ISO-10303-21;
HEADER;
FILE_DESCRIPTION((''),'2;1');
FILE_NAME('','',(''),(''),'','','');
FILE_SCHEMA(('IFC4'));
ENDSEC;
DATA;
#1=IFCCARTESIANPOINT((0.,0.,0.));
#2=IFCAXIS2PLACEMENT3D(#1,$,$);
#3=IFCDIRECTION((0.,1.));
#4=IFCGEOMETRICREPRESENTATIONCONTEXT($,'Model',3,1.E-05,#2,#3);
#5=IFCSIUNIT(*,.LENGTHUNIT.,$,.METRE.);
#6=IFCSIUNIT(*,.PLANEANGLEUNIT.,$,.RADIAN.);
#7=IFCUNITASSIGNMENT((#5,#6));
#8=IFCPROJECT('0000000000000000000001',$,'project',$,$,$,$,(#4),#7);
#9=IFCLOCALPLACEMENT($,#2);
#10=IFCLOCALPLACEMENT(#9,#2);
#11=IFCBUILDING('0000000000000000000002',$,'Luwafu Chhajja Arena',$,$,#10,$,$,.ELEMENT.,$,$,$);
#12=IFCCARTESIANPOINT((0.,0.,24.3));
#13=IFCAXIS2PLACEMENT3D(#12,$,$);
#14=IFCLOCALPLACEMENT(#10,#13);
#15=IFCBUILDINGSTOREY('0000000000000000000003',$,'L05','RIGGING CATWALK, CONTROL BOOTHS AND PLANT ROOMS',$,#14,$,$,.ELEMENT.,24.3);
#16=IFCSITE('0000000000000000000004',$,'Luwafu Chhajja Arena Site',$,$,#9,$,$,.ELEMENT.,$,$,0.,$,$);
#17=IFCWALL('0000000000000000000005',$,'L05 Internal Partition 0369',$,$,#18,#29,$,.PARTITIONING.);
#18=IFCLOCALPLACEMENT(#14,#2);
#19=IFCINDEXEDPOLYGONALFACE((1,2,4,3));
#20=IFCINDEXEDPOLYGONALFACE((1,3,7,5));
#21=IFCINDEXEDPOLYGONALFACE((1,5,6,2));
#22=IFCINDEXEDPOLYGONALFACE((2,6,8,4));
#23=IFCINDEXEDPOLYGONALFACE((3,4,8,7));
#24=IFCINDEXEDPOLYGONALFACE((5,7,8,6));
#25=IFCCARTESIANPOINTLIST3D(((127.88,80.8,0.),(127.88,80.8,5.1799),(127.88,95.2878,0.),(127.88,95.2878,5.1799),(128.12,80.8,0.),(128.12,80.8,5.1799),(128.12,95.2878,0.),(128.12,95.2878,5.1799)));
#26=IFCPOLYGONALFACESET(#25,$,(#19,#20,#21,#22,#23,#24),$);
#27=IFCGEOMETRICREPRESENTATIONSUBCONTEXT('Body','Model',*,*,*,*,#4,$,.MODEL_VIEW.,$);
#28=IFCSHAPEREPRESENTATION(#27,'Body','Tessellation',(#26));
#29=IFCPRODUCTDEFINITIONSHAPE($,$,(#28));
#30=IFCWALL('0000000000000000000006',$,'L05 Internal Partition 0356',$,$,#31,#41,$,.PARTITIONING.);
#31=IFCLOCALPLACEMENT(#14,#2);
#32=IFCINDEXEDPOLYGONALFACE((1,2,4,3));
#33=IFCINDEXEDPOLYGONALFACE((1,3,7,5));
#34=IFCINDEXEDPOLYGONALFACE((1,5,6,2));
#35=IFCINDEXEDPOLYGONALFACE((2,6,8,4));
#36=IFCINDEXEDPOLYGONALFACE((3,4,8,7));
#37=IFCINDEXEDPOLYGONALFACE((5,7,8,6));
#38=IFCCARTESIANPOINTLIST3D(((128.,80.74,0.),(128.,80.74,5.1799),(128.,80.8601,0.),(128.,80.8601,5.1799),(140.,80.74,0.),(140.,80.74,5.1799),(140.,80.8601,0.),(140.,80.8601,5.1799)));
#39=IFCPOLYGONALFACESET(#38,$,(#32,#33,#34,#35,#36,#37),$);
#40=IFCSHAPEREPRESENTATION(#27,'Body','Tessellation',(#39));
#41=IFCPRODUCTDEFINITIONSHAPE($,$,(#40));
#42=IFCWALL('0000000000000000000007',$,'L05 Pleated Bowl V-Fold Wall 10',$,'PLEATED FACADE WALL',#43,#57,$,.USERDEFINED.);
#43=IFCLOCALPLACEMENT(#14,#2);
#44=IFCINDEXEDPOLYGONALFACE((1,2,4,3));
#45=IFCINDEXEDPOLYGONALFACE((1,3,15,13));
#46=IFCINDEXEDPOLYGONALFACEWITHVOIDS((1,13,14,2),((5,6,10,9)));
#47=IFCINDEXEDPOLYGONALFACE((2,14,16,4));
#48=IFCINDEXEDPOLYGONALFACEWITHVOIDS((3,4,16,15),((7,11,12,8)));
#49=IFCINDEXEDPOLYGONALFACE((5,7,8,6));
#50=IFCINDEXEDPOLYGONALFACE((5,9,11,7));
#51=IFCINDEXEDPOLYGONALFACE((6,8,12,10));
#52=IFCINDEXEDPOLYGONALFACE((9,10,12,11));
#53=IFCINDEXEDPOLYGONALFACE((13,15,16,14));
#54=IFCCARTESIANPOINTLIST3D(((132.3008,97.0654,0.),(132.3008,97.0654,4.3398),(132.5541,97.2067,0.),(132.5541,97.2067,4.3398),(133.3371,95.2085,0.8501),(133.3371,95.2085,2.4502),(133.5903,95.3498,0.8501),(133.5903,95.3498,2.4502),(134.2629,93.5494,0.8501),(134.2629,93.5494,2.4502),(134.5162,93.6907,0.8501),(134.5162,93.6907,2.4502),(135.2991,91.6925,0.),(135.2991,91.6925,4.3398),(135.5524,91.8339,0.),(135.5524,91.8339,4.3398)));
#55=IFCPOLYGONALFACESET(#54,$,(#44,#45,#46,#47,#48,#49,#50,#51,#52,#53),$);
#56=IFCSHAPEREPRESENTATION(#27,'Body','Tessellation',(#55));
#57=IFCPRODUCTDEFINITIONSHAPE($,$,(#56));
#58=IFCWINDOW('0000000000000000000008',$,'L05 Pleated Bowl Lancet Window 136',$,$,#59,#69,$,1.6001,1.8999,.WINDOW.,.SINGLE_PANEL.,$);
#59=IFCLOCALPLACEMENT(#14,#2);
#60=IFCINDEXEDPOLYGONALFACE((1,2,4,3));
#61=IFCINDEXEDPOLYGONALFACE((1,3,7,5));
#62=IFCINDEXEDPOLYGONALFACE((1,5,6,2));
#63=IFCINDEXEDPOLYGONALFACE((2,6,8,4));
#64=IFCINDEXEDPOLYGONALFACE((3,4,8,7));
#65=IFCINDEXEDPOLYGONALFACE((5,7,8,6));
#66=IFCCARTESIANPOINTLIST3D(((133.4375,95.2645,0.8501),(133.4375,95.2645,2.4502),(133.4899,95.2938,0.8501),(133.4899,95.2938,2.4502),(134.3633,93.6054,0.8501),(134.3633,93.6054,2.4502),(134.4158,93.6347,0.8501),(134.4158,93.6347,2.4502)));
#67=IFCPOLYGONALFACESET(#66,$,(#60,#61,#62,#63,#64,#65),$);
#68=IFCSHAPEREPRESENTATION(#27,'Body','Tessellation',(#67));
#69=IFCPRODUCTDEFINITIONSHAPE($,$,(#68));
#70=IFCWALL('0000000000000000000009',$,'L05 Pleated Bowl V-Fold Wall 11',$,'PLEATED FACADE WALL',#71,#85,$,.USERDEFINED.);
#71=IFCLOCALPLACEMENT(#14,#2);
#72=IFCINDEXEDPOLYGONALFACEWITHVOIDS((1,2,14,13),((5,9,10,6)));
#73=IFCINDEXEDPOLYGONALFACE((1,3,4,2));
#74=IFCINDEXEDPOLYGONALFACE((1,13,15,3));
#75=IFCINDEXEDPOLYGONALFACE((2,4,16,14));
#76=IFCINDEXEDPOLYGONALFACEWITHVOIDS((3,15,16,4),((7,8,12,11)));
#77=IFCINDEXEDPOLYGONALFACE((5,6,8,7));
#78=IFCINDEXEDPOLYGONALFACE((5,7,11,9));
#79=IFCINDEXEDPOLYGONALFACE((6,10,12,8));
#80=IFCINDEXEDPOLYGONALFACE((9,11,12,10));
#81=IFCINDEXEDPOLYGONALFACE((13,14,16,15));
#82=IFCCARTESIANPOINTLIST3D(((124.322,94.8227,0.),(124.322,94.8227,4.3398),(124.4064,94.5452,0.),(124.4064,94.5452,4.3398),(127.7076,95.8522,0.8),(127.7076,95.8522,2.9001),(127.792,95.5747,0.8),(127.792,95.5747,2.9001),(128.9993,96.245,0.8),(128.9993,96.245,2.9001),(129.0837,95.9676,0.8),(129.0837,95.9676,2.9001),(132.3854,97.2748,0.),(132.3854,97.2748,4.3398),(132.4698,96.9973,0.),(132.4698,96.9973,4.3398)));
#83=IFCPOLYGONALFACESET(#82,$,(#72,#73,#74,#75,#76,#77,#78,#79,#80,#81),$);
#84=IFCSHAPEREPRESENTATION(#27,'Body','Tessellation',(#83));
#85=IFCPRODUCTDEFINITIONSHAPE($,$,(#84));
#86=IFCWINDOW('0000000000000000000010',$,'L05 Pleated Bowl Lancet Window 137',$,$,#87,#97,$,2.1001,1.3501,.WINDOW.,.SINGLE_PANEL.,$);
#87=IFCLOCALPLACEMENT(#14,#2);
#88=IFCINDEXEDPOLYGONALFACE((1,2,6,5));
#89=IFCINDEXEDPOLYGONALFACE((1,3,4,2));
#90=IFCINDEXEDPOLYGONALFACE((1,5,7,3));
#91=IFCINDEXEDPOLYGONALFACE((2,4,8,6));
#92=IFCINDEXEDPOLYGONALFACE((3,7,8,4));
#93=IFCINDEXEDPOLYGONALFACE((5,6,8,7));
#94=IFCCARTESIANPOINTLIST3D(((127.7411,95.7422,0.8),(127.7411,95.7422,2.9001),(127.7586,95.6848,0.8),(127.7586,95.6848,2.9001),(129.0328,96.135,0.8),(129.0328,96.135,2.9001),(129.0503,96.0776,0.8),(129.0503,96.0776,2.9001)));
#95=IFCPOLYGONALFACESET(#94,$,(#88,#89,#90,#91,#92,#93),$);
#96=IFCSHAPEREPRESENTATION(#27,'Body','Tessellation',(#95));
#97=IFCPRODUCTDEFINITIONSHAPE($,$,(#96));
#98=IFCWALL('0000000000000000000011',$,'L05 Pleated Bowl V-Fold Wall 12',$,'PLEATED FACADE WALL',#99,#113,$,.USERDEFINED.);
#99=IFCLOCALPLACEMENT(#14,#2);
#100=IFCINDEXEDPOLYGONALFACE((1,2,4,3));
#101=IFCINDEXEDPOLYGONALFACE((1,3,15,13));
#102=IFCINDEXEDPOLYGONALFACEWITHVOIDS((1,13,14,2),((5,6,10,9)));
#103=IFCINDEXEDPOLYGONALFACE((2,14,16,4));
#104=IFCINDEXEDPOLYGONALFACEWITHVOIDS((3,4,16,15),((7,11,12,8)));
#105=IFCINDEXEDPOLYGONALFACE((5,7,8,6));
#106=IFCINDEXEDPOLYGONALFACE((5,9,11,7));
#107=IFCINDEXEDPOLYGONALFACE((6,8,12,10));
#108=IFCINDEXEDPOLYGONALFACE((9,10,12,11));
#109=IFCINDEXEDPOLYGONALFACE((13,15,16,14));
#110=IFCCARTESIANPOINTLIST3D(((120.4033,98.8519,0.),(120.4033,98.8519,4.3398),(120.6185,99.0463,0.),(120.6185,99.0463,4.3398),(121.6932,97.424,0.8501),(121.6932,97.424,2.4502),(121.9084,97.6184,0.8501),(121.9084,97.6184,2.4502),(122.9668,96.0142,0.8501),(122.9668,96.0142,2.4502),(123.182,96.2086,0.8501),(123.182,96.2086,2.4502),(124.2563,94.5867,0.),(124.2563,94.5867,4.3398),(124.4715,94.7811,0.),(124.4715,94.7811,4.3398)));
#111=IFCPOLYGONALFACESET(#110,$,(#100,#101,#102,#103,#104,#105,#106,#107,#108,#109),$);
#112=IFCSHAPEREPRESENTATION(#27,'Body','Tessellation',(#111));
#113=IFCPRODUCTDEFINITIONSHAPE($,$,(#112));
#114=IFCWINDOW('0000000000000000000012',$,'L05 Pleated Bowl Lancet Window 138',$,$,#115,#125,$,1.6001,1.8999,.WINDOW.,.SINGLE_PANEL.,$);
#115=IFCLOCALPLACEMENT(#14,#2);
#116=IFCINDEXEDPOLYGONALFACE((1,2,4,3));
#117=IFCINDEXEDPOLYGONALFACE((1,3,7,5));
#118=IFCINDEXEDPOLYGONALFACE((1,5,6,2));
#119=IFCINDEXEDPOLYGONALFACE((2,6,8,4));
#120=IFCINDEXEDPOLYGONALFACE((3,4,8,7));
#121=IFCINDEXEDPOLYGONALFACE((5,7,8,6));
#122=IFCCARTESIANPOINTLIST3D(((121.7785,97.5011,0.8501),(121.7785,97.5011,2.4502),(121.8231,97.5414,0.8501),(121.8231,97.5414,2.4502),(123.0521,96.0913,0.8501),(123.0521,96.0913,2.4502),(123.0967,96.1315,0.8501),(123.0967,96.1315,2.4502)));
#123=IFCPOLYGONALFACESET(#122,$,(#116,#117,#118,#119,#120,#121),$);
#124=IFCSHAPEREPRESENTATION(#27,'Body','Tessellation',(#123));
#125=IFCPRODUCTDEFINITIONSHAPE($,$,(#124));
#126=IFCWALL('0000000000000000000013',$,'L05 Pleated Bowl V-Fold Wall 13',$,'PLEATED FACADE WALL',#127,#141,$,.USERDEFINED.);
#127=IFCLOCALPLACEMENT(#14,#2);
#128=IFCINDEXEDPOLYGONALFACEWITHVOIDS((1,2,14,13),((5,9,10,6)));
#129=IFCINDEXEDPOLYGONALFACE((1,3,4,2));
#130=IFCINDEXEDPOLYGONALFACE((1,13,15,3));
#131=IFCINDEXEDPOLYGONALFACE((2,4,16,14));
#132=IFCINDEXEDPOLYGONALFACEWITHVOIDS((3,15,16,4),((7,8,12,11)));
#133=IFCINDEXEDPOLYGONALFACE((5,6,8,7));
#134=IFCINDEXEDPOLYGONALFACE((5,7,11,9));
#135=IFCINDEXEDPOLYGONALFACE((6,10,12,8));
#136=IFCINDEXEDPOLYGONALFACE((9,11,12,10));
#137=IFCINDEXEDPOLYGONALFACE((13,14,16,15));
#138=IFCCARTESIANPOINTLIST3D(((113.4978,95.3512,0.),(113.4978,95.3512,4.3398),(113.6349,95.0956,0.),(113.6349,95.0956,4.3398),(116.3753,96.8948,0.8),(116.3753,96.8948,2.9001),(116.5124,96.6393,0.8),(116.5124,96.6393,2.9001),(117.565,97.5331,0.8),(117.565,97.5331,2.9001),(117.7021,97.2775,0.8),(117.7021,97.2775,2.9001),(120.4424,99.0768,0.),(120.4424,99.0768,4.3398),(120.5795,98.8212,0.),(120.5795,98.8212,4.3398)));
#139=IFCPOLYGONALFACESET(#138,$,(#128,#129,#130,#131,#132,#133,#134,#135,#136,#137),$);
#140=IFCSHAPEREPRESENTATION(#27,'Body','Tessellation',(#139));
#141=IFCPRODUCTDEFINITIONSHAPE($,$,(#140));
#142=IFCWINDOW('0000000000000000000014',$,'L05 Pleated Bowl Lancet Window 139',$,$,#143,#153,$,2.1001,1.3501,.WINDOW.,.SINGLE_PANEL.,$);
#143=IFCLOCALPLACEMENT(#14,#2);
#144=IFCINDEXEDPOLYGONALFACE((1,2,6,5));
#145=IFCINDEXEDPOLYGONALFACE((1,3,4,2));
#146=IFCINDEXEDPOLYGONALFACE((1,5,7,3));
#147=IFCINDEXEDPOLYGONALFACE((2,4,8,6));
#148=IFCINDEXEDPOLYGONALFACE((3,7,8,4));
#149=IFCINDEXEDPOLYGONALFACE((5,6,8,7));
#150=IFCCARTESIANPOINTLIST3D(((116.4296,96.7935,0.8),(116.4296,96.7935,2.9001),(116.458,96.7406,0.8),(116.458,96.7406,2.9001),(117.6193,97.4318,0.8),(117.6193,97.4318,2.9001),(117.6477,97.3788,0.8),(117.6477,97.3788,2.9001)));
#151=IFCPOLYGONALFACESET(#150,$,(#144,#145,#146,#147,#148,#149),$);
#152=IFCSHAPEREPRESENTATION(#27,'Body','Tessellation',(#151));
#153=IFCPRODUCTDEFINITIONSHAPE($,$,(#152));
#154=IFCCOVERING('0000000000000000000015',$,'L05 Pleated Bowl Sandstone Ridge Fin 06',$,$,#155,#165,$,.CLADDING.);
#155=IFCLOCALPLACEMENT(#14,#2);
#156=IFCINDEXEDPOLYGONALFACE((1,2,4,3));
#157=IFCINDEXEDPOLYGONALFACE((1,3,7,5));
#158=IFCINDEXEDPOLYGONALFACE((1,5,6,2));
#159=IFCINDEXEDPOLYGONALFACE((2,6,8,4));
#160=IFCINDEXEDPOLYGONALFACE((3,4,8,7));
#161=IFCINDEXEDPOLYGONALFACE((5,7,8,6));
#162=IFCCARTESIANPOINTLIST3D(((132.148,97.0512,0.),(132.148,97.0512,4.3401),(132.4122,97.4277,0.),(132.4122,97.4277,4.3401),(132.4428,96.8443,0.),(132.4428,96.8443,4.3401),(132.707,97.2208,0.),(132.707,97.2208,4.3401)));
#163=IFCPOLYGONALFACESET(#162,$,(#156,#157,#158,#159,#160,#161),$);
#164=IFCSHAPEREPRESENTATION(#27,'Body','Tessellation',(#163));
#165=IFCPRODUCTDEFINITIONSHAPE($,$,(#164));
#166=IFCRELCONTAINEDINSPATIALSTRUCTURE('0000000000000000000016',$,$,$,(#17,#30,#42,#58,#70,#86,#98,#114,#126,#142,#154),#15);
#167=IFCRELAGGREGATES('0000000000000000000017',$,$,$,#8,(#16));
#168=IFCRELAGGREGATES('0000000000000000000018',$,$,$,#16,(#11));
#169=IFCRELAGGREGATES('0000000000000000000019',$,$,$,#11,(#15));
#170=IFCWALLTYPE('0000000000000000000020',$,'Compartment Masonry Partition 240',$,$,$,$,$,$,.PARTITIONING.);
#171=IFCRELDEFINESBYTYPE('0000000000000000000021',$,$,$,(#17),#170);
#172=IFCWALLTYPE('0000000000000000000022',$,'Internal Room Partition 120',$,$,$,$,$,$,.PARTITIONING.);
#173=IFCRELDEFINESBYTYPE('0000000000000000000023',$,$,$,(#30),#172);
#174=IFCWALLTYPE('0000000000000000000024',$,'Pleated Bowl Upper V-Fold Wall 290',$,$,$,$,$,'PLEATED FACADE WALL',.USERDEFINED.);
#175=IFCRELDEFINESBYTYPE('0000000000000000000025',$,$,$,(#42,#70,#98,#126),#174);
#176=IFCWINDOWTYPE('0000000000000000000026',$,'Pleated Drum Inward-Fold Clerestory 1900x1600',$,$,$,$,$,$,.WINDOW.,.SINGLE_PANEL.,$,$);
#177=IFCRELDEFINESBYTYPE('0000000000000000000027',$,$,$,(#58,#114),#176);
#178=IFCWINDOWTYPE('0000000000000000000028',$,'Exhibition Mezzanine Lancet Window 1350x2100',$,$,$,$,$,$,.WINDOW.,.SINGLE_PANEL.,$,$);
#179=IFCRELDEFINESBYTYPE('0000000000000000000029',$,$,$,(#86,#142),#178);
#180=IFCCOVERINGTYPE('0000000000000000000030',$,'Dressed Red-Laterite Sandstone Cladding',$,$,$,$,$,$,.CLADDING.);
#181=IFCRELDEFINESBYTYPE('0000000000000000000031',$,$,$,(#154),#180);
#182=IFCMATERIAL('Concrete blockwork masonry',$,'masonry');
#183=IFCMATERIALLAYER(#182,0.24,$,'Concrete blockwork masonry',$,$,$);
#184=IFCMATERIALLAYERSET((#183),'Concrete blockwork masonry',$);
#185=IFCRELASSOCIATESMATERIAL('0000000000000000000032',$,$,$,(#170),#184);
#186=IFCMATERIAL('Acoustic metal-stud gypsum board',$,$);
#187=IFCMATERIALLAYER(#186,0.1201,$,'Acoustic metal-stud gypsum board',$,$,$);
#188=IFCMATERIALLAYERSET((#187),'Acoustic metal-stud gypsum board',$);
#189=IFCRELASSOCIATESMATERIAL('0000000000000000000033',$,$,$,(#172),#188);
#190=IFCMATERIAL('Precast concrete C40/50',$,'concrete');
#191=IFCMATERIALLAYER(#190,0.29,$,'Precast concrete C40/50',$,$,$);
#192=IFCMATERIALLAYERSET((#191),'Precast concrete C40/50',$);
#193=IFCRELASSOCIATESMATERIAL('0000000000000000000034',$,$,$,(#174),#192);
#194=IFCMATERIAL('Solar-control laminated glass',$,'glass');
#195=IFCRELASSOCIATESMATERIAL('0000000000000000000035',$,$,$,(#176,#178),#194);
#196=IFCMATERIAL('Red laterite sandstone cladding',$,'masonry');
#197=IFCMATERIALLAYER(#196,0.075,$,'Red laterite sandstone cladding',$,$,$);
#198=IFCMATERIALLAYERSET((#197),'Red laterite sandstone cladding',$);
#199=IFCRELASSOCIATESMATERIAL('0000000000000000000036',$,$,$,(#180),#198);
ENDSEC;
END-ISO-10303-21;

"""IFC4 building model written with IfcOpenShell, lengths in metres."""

from ifc_helpers import new_model, si_unit, direction, frame, frame_2d, origin, origin_2d, place, context, subcontext, project, spatial, rectangle, extrude, material, layer, layer_set, type_object, element, fill, save


model = new_model("IFC4")

# Units and contexts
model_context = context("Model", 3, precision=1e-05, world=origin(), true_north=direction((0.0, 1.0)))
body_context = subcontext(model_context, "Body", "Model", "MODEL_VIEW")
ifc_project = project(units=[si_unit("LENGTHUNIT", "METRE"), si_unit("PLANEANGLEUNIT", "RADIAN")], contexts=[model_context])

# Site, building, storey
site_placement = place(None, origin())
site = spatial("IfcSite", under=ifc_project, at=site_placement, Name="Luwafu Chhajja Arena Site", CompositionType="ELEMENT", RefElevation=0.0)
building_placement = place(site_placement, origin())
building = spatial("IfcBuilding", under=site, at=building_placement, Name="Luwafu Chhajja Arena", CompositionType="ELEMENT")
storey_placement = place(building_placement, frame((0.0, 0.0, 24.3)))
storey = spatial("IfcBuildingStorey", under=building, at=storey_placement, Name="L05", Description="RIGGING CATWALK, CONTROL BOOTHS AND PLANT ROOMS", CompositionType="ELEMENT", Elevation=24.3)

# Shared definitions
ifc_material_1 = material(Name="Solar-control laminated glass", Category="glass")

# Walls
ifc_material_2 = material(Name="Concrete blockwork masonry", Category="masonry")
ifc_layer_1 = layer(ifc_material_2, 0.24, Name="Concrete blockwork masonry")
ifc_layer_set_1 = layer_set([ifc_layer_1], Name="Concrete blockwork masonry")
wall_type_1 = type_object("IfcWallType", Name="Compartment Masonry Partition 240", PredefinedType="PARTITIONING", material=ifc_layer_set_1)
wall_1_placement = place(storey_placement, frame((128.0, 80.8, 0.0), z_axis=(0.0, 0.0, 1.0), x_axis=(0.0, 1.0, 0.0)))
element("IfcWall", 1, at=wall_1_placement, inside=storey, type_object=wall_type_1, Name="L05 Internal Partition 0369", PredefinedType="PARTITIONING", context=body_context, shape_type="SweptSolid", body=[
    extrude(rectangle(XDim=14.4878, YDim=0.24, at=frame_2d((7.2439, 0.0))), origin(), (0.0, 0.0, 1.0), 5.1799),
])
ifc_material_3 = material(Name="Acoustic metal-stud gypsum board")
ifc_layer_2 = layer(ifc_material_3, 0.1201, Name="Acoustic metal-stud gypsum board")
ifc_layer_set_2 = layer_set([ifc_layer_2], Name="Acoustic metal-stud gypsum board")
wall_type_2 = type_object("IfcWallType", Name="Internal Room Partition 120", PredefinedType="PARTITIONING", material=ifc_layer_set_2)
wall_2_placement = place(storey_placement, frame((128.0, 80.8, 0.0), z_axis=(0.0, 0.0, 1.0), x_axis=(1.0, 0.0, 0.0)))
element("IfcWall", 2, at=wall_2_placement, inside=storey, type_object=wall_type_2, Name="L05 Internal Partition 0356", PredefinedType="PARTITIONING", context=body_context, shape_type="SweptSolid", body=[
    extrude(rectangle(XDim=12.0, YDim=0.1201, at=frame_2d((6.0, 0.0))), origin(), (0.0, 0.0, 1.0), 5.1799),
])

# Walls, openings, windows
ifc_material_4 = material(Name="Precast concrete C40/50", Category="concrete")
ifc_layer_3 = layer(ifc_material_4, 0.29, Name="Precast concrete C40/50")
ifc_layer_set_3 = layer_set([ifc_layer_3], Name="Precast concrete C40/50")
wall_type_3 = type_object("IfcWallType", Name="Pleated Bowl Upper V-Fold Wall 290", ElementType="PLEATED FACADE WALL", PredefinedType="USERDEFINED", material=ifc_layer_set_3)
wall_3_placement = place(storey_placement, frame((135.4258, 91.7632, 0.0), z_axis=(0.0, 0.0, 1.0), x_axis=(-0.487306, 0.873231, 0.0)))
wall_3 = element("IfcWall", 3, at=wall_3_placement, inside=storey, type_object=wall_type_3, Name="L05 Pleated Bowl V-Fold Wall 10", ObjectType="PLEATED FACADE WALL", PredefinedType="USERDEFINED", context=body_context, shape_type="SweptSolid", body=[
    extrude(rectangle(XDim=6.1528, YDim=0.29, at=frame_2d((3.0764, 0.0))), origin(), (0.0, 0.0, 1.0), 4.3398),
])
opening_1_placement = place(wall_3_placement, frame((2.1265, 0.0, 0.8501)))
opening_1 = element("IfcOpeningElement", 4, at=opening_1_placement, cuts=wall_3, PredefinedType="OPENING", context=body_context, shape_type="SweptSolid", body=[
    extrude(rectangle(XDim=1.8999, YDim=1.6001, at=frame_2d((0.95, 0.8))), frame((0.0, 0.155, 0.0), z_axis=(0.0, -1.0, 0.0), x_axis=(1.0, 0.0, 0.0)), (0.0, 0.0, 1.0), 0.3101),
])
window_type_1 = type_object("IfcWindowType", Name="Pleated Drum Inward-Fold Clerestory 1900x1600", PartitioningType="SINGLE_PANEL", PredefinedType="WINDOW", material=ifc_material_1)
window_1_placement = place(opening_1_placement, origin())
window_1 = element("IfcWindow", 5, at=window_1_placement, inside=storey, type_object=window_type_1, Name="L05 Pleated Bowl Lancet Window 136", OverallHeight=1.6001, OverallWidth=1.8999, PartitioningType="SINGLE_PANEL", PredefinedType="WINDOW", context=body_context, shape_type="SweptSolid", body=[
    extrude(rectangle(XDim=1.8999, YDim=1.6001, at=frame_2d((0.95, 0.8))), frame((0.0, 0.03, 0.0), z_axis=(0.0, -1.0, 0.0), x_axis=(1.0, 0.0, 0.0)), (0.0, 0.0, 1.0), 0.0601),
])
fill(opening_1, window_1)
wall_4_placement = place(storey_placement, frame((132.4275, 97.136, 0.0), z_axis=(0.0, 0.0, 1.0), x_axis=(-0.956738, -0.29095, 0.0)))
wall_4 = element("IfcWall", 6, at=wall_4_placement, inside=storey, type_object=wall_type_3, Name="L05 Pleated Bowl V-Fold Wall 11", ObjectType="PLEATED FACADE WALL", PredefinedType="USERDEFINED", context=body_context, shape_type="SweptSolid", body=[
    extrude(rectangle(XDim=8.428, YDim=0.29, at=frame_2d((4.2139, 0.0))), origin(), (0.0, 0.0, 1.0), 4.3398),
])
opening_2_placement = place(wall_4_placement, frame((3.5391, 0.0, 0.8)))
opening_2 = element("IfcOpeningElement", 7, at=opening_2_placement, cuts=wall_4, PredefinedType="OPENING", context=body_context, shape_type="SweptSolid", body=[
    extrude(rectangle(XDim=1.3501, YDim=2.1001, at=frame_2d((0.675, 1.05))), frame((0.0, 0.155, 0.0), z_axis=(0.0, -1.0, 0.0), x_axis=(1.0, 0.0, 0.0)), (0.0, 0.0, 1.0), 0.3101),
])
window_type_2 = type_object("IfcWindowType", Name="Exhibition Mezzanine Lancet Window 1350x2100", PartitioningType="SINGLE_PANEL", PredefinedType="WINDOW", material=ifc_material_1)
window_2_placement = place(opening_2_placement, origin())
window_2 = element("IfcWindow", 8, at=window_2_placement, inside=storey, type_object=window_type_2, Name="L05 Pleated Bowl Lancet Window 137", OverallHeight=2.1001, OverallWidth=1.3501, PartitioningType="SINGLE_PANEL", PredefinedType="WINDOW", context=body_context, shape_type="SweptSolid", body=[
    extrude(rectangle(XDim=1.3501, YDim=2.1001, at=frame_2d((0.675, 1.05))), frame((0.0, 0.03, 0.0), z_axis=(0.0, -1.0, 0.0), x_axis=(1.0, 0.0, 0.0)), (0.0, 0.0, 1.0), 0.0601),
])
fill(opening_2, window_2)
wall_5_placement = place(storey_placement, frame((124.364, 94.6838, 0.0), z_axis=(0.0, 0.0, 1.0), x_axis=(-0.670348, 0.742047, 0.0)))
wall_5 = element("IfcWall", 9, at=wall_5_placement, inside=storey, type_object=wall_type_3, Name="L05 Pleated Bowl V-Fold Wall 12", ObjectType="PLEATED FACADE WALL", PredefinedType="USERDEFINED", context=body_context, shape_type="SweptSolid", body=[
    extrude(rectangle(XDim=5.7478, YDim=0.29, at=frame_2d((2.874, 0.0))), origin(), (0.0, 0.0, 1.0), 4.3398),
])
opening_3_placement = place(wall_5_placement, frame((1.9238, 0.0, 0.8501)))
opening_3 = element("IfcOpeningElement", 10, at=opening_3_placement, cuts=wall_5, PredefinedType="OPENING", context=body_context, shape_type="SweptSolid", body=[
    extrude(rectangle(XDim=1.8999, YDim=1.6001, at=frame_2d((0.95, 0.8))), frame((0.0, 0.155, 0.0), z_axis=(0.0, -1.0, 0.0), x_axis=(1.0, 0.0, 0.0)), (0.0, 0.0, 1.0), 0.3101),
])
window_3_placement = place(opening_3_placement, origin())
window_3 = element("IfcWindow", 11, at=window_3_placement, inside=storey, type_object=window_type_1, Name="L05 Pleated Bowl Lancet Window 138", OverallHeight=1.6001, OverallWidth=1.8999, PartitioningType="SINGLE_PANEL", PredefinedType="WINDOW", context=body_context, shape_type="SweptSolid", body=[
    extrude(rectangle(XDim=1.8999, YDim=1.6001, at=frame_2d((0.95, 0.8))), frame((0.0, 0.03, 0.0), z_axis=(0.0, -1.0, 0.0), x_axis=(1.0, 0.0, 0.0)), (0.0, 0.0, 1.0), 0.0601),
])
fill(opening_3, window_3)
wall_6_placement = place(storey_placement, frame((120.511, 98.949, 0.0), z_axis=(0.0, 0.0, 1.0), x_axis=(-0.881201, -0.472741, 0.0)))
wall_6 = element("IfcWall", 12, at=wall_6_placement, inside=storey, type_object=wall_type_3, Name="L05 Pleated Bowl V-Fold Wall 13", ObjectType="PLEATED FACADE WALL", PredefinedType="USERDEFINED", context=body_context, shape_type="SweptSolid", body=[
    extrude(rectangle(XDim=7.8809, YDim=0.29, at=frame_2d((3.9404, 0.0))), origin(), (0.0, 0.0, 1.0), 4.3398),
])
opening_4_placement = place(wall_6_placement, frame((3.2654, 0.0, 0.8)))
opening_4 = element("IfcOpeningElement", 13, at=opening_4_placement, cuts=wall_6, PredefinedType="OPENING", context=body_context, shape_type="SweptSolid", body=[
    extrude(rectangle(XDim=1.3501, YDim=2.1001, at=frame_2d((0.675, 1.05))), frame((0.0, 0.155, 0.0), z_axis=(0.0, -1.0, 0.0), x_axis=(1.0, 0.0, 0.0)), (0.0, 0.0, 1.0), 0.3101),
])
window_4_placement = place(opening_4_placement, origin())
window_4 = element("IfcWindow", 14, at=window_4_placement, inside=storey, type_object=window_type_2, Name="L05 Pleated Bowl Lancet Window 139", OverallHeight=2.1001, OverallWidth=1.3501, PartitioningType="SINGLE_PANEL", PredefinedType="WINDOW", context=body_context, shape_type="SweptSolid", body=[
    extrude(rectangle(XDim=1.3501, YDim=2.1001, at=frame_2d((0.675, 1.05))), frame((0.0, 0.03, 0.0), z_axis=(0.0, -1.0, 0.0), x_axis=(1.0, 0.0, 0.0)), (0.0, 0.0, 1.0), 0.0601),
])
fill(opening_4, window_4)

# Covering
ifc_material_5 = material(Name="Red laterite sandstone cladding", Category="masonry")
ifc_layer_4 = layer(ifc_material_5, 0.075, Name="Red laterite sandstone cladding")
ifc_layer_set_4 = layer_set([ifc_layer_4], Name="Red laterite sandstone cladding")
covering_type = type_object("IfcCoveringType", Name="Dressed Red-Laterite Sandstone Cladding", PredefinedType="CLADDING", material=ifc_layer_set_4)
for number, where, z_axis, x_axis, name in (
    (15, (132.4275, 97.136, 0.0), (0.0, 0.0, 1.0), (0.574411, 0.818567, 0.0), "L05 Pleated Bowl Sandstone Ridge Fin 06"),
):
    element("IfcCovering", number, at=place(storey_placement, frame(where, z_axis=z_axis, x_axis=x_axis)), inside=storey, type_object=covering_type, Name=name, PredefinedType="CLADDING", context=body_context, shape_type="SweptSolid", body=[
        extrude(rectangle(XDim=0.46, YDim=0.3601, at=origin_2d()), origin(), (0.0, 0.0, 1.0), 4.3401),
    ])

save(model, "model.ifc")
